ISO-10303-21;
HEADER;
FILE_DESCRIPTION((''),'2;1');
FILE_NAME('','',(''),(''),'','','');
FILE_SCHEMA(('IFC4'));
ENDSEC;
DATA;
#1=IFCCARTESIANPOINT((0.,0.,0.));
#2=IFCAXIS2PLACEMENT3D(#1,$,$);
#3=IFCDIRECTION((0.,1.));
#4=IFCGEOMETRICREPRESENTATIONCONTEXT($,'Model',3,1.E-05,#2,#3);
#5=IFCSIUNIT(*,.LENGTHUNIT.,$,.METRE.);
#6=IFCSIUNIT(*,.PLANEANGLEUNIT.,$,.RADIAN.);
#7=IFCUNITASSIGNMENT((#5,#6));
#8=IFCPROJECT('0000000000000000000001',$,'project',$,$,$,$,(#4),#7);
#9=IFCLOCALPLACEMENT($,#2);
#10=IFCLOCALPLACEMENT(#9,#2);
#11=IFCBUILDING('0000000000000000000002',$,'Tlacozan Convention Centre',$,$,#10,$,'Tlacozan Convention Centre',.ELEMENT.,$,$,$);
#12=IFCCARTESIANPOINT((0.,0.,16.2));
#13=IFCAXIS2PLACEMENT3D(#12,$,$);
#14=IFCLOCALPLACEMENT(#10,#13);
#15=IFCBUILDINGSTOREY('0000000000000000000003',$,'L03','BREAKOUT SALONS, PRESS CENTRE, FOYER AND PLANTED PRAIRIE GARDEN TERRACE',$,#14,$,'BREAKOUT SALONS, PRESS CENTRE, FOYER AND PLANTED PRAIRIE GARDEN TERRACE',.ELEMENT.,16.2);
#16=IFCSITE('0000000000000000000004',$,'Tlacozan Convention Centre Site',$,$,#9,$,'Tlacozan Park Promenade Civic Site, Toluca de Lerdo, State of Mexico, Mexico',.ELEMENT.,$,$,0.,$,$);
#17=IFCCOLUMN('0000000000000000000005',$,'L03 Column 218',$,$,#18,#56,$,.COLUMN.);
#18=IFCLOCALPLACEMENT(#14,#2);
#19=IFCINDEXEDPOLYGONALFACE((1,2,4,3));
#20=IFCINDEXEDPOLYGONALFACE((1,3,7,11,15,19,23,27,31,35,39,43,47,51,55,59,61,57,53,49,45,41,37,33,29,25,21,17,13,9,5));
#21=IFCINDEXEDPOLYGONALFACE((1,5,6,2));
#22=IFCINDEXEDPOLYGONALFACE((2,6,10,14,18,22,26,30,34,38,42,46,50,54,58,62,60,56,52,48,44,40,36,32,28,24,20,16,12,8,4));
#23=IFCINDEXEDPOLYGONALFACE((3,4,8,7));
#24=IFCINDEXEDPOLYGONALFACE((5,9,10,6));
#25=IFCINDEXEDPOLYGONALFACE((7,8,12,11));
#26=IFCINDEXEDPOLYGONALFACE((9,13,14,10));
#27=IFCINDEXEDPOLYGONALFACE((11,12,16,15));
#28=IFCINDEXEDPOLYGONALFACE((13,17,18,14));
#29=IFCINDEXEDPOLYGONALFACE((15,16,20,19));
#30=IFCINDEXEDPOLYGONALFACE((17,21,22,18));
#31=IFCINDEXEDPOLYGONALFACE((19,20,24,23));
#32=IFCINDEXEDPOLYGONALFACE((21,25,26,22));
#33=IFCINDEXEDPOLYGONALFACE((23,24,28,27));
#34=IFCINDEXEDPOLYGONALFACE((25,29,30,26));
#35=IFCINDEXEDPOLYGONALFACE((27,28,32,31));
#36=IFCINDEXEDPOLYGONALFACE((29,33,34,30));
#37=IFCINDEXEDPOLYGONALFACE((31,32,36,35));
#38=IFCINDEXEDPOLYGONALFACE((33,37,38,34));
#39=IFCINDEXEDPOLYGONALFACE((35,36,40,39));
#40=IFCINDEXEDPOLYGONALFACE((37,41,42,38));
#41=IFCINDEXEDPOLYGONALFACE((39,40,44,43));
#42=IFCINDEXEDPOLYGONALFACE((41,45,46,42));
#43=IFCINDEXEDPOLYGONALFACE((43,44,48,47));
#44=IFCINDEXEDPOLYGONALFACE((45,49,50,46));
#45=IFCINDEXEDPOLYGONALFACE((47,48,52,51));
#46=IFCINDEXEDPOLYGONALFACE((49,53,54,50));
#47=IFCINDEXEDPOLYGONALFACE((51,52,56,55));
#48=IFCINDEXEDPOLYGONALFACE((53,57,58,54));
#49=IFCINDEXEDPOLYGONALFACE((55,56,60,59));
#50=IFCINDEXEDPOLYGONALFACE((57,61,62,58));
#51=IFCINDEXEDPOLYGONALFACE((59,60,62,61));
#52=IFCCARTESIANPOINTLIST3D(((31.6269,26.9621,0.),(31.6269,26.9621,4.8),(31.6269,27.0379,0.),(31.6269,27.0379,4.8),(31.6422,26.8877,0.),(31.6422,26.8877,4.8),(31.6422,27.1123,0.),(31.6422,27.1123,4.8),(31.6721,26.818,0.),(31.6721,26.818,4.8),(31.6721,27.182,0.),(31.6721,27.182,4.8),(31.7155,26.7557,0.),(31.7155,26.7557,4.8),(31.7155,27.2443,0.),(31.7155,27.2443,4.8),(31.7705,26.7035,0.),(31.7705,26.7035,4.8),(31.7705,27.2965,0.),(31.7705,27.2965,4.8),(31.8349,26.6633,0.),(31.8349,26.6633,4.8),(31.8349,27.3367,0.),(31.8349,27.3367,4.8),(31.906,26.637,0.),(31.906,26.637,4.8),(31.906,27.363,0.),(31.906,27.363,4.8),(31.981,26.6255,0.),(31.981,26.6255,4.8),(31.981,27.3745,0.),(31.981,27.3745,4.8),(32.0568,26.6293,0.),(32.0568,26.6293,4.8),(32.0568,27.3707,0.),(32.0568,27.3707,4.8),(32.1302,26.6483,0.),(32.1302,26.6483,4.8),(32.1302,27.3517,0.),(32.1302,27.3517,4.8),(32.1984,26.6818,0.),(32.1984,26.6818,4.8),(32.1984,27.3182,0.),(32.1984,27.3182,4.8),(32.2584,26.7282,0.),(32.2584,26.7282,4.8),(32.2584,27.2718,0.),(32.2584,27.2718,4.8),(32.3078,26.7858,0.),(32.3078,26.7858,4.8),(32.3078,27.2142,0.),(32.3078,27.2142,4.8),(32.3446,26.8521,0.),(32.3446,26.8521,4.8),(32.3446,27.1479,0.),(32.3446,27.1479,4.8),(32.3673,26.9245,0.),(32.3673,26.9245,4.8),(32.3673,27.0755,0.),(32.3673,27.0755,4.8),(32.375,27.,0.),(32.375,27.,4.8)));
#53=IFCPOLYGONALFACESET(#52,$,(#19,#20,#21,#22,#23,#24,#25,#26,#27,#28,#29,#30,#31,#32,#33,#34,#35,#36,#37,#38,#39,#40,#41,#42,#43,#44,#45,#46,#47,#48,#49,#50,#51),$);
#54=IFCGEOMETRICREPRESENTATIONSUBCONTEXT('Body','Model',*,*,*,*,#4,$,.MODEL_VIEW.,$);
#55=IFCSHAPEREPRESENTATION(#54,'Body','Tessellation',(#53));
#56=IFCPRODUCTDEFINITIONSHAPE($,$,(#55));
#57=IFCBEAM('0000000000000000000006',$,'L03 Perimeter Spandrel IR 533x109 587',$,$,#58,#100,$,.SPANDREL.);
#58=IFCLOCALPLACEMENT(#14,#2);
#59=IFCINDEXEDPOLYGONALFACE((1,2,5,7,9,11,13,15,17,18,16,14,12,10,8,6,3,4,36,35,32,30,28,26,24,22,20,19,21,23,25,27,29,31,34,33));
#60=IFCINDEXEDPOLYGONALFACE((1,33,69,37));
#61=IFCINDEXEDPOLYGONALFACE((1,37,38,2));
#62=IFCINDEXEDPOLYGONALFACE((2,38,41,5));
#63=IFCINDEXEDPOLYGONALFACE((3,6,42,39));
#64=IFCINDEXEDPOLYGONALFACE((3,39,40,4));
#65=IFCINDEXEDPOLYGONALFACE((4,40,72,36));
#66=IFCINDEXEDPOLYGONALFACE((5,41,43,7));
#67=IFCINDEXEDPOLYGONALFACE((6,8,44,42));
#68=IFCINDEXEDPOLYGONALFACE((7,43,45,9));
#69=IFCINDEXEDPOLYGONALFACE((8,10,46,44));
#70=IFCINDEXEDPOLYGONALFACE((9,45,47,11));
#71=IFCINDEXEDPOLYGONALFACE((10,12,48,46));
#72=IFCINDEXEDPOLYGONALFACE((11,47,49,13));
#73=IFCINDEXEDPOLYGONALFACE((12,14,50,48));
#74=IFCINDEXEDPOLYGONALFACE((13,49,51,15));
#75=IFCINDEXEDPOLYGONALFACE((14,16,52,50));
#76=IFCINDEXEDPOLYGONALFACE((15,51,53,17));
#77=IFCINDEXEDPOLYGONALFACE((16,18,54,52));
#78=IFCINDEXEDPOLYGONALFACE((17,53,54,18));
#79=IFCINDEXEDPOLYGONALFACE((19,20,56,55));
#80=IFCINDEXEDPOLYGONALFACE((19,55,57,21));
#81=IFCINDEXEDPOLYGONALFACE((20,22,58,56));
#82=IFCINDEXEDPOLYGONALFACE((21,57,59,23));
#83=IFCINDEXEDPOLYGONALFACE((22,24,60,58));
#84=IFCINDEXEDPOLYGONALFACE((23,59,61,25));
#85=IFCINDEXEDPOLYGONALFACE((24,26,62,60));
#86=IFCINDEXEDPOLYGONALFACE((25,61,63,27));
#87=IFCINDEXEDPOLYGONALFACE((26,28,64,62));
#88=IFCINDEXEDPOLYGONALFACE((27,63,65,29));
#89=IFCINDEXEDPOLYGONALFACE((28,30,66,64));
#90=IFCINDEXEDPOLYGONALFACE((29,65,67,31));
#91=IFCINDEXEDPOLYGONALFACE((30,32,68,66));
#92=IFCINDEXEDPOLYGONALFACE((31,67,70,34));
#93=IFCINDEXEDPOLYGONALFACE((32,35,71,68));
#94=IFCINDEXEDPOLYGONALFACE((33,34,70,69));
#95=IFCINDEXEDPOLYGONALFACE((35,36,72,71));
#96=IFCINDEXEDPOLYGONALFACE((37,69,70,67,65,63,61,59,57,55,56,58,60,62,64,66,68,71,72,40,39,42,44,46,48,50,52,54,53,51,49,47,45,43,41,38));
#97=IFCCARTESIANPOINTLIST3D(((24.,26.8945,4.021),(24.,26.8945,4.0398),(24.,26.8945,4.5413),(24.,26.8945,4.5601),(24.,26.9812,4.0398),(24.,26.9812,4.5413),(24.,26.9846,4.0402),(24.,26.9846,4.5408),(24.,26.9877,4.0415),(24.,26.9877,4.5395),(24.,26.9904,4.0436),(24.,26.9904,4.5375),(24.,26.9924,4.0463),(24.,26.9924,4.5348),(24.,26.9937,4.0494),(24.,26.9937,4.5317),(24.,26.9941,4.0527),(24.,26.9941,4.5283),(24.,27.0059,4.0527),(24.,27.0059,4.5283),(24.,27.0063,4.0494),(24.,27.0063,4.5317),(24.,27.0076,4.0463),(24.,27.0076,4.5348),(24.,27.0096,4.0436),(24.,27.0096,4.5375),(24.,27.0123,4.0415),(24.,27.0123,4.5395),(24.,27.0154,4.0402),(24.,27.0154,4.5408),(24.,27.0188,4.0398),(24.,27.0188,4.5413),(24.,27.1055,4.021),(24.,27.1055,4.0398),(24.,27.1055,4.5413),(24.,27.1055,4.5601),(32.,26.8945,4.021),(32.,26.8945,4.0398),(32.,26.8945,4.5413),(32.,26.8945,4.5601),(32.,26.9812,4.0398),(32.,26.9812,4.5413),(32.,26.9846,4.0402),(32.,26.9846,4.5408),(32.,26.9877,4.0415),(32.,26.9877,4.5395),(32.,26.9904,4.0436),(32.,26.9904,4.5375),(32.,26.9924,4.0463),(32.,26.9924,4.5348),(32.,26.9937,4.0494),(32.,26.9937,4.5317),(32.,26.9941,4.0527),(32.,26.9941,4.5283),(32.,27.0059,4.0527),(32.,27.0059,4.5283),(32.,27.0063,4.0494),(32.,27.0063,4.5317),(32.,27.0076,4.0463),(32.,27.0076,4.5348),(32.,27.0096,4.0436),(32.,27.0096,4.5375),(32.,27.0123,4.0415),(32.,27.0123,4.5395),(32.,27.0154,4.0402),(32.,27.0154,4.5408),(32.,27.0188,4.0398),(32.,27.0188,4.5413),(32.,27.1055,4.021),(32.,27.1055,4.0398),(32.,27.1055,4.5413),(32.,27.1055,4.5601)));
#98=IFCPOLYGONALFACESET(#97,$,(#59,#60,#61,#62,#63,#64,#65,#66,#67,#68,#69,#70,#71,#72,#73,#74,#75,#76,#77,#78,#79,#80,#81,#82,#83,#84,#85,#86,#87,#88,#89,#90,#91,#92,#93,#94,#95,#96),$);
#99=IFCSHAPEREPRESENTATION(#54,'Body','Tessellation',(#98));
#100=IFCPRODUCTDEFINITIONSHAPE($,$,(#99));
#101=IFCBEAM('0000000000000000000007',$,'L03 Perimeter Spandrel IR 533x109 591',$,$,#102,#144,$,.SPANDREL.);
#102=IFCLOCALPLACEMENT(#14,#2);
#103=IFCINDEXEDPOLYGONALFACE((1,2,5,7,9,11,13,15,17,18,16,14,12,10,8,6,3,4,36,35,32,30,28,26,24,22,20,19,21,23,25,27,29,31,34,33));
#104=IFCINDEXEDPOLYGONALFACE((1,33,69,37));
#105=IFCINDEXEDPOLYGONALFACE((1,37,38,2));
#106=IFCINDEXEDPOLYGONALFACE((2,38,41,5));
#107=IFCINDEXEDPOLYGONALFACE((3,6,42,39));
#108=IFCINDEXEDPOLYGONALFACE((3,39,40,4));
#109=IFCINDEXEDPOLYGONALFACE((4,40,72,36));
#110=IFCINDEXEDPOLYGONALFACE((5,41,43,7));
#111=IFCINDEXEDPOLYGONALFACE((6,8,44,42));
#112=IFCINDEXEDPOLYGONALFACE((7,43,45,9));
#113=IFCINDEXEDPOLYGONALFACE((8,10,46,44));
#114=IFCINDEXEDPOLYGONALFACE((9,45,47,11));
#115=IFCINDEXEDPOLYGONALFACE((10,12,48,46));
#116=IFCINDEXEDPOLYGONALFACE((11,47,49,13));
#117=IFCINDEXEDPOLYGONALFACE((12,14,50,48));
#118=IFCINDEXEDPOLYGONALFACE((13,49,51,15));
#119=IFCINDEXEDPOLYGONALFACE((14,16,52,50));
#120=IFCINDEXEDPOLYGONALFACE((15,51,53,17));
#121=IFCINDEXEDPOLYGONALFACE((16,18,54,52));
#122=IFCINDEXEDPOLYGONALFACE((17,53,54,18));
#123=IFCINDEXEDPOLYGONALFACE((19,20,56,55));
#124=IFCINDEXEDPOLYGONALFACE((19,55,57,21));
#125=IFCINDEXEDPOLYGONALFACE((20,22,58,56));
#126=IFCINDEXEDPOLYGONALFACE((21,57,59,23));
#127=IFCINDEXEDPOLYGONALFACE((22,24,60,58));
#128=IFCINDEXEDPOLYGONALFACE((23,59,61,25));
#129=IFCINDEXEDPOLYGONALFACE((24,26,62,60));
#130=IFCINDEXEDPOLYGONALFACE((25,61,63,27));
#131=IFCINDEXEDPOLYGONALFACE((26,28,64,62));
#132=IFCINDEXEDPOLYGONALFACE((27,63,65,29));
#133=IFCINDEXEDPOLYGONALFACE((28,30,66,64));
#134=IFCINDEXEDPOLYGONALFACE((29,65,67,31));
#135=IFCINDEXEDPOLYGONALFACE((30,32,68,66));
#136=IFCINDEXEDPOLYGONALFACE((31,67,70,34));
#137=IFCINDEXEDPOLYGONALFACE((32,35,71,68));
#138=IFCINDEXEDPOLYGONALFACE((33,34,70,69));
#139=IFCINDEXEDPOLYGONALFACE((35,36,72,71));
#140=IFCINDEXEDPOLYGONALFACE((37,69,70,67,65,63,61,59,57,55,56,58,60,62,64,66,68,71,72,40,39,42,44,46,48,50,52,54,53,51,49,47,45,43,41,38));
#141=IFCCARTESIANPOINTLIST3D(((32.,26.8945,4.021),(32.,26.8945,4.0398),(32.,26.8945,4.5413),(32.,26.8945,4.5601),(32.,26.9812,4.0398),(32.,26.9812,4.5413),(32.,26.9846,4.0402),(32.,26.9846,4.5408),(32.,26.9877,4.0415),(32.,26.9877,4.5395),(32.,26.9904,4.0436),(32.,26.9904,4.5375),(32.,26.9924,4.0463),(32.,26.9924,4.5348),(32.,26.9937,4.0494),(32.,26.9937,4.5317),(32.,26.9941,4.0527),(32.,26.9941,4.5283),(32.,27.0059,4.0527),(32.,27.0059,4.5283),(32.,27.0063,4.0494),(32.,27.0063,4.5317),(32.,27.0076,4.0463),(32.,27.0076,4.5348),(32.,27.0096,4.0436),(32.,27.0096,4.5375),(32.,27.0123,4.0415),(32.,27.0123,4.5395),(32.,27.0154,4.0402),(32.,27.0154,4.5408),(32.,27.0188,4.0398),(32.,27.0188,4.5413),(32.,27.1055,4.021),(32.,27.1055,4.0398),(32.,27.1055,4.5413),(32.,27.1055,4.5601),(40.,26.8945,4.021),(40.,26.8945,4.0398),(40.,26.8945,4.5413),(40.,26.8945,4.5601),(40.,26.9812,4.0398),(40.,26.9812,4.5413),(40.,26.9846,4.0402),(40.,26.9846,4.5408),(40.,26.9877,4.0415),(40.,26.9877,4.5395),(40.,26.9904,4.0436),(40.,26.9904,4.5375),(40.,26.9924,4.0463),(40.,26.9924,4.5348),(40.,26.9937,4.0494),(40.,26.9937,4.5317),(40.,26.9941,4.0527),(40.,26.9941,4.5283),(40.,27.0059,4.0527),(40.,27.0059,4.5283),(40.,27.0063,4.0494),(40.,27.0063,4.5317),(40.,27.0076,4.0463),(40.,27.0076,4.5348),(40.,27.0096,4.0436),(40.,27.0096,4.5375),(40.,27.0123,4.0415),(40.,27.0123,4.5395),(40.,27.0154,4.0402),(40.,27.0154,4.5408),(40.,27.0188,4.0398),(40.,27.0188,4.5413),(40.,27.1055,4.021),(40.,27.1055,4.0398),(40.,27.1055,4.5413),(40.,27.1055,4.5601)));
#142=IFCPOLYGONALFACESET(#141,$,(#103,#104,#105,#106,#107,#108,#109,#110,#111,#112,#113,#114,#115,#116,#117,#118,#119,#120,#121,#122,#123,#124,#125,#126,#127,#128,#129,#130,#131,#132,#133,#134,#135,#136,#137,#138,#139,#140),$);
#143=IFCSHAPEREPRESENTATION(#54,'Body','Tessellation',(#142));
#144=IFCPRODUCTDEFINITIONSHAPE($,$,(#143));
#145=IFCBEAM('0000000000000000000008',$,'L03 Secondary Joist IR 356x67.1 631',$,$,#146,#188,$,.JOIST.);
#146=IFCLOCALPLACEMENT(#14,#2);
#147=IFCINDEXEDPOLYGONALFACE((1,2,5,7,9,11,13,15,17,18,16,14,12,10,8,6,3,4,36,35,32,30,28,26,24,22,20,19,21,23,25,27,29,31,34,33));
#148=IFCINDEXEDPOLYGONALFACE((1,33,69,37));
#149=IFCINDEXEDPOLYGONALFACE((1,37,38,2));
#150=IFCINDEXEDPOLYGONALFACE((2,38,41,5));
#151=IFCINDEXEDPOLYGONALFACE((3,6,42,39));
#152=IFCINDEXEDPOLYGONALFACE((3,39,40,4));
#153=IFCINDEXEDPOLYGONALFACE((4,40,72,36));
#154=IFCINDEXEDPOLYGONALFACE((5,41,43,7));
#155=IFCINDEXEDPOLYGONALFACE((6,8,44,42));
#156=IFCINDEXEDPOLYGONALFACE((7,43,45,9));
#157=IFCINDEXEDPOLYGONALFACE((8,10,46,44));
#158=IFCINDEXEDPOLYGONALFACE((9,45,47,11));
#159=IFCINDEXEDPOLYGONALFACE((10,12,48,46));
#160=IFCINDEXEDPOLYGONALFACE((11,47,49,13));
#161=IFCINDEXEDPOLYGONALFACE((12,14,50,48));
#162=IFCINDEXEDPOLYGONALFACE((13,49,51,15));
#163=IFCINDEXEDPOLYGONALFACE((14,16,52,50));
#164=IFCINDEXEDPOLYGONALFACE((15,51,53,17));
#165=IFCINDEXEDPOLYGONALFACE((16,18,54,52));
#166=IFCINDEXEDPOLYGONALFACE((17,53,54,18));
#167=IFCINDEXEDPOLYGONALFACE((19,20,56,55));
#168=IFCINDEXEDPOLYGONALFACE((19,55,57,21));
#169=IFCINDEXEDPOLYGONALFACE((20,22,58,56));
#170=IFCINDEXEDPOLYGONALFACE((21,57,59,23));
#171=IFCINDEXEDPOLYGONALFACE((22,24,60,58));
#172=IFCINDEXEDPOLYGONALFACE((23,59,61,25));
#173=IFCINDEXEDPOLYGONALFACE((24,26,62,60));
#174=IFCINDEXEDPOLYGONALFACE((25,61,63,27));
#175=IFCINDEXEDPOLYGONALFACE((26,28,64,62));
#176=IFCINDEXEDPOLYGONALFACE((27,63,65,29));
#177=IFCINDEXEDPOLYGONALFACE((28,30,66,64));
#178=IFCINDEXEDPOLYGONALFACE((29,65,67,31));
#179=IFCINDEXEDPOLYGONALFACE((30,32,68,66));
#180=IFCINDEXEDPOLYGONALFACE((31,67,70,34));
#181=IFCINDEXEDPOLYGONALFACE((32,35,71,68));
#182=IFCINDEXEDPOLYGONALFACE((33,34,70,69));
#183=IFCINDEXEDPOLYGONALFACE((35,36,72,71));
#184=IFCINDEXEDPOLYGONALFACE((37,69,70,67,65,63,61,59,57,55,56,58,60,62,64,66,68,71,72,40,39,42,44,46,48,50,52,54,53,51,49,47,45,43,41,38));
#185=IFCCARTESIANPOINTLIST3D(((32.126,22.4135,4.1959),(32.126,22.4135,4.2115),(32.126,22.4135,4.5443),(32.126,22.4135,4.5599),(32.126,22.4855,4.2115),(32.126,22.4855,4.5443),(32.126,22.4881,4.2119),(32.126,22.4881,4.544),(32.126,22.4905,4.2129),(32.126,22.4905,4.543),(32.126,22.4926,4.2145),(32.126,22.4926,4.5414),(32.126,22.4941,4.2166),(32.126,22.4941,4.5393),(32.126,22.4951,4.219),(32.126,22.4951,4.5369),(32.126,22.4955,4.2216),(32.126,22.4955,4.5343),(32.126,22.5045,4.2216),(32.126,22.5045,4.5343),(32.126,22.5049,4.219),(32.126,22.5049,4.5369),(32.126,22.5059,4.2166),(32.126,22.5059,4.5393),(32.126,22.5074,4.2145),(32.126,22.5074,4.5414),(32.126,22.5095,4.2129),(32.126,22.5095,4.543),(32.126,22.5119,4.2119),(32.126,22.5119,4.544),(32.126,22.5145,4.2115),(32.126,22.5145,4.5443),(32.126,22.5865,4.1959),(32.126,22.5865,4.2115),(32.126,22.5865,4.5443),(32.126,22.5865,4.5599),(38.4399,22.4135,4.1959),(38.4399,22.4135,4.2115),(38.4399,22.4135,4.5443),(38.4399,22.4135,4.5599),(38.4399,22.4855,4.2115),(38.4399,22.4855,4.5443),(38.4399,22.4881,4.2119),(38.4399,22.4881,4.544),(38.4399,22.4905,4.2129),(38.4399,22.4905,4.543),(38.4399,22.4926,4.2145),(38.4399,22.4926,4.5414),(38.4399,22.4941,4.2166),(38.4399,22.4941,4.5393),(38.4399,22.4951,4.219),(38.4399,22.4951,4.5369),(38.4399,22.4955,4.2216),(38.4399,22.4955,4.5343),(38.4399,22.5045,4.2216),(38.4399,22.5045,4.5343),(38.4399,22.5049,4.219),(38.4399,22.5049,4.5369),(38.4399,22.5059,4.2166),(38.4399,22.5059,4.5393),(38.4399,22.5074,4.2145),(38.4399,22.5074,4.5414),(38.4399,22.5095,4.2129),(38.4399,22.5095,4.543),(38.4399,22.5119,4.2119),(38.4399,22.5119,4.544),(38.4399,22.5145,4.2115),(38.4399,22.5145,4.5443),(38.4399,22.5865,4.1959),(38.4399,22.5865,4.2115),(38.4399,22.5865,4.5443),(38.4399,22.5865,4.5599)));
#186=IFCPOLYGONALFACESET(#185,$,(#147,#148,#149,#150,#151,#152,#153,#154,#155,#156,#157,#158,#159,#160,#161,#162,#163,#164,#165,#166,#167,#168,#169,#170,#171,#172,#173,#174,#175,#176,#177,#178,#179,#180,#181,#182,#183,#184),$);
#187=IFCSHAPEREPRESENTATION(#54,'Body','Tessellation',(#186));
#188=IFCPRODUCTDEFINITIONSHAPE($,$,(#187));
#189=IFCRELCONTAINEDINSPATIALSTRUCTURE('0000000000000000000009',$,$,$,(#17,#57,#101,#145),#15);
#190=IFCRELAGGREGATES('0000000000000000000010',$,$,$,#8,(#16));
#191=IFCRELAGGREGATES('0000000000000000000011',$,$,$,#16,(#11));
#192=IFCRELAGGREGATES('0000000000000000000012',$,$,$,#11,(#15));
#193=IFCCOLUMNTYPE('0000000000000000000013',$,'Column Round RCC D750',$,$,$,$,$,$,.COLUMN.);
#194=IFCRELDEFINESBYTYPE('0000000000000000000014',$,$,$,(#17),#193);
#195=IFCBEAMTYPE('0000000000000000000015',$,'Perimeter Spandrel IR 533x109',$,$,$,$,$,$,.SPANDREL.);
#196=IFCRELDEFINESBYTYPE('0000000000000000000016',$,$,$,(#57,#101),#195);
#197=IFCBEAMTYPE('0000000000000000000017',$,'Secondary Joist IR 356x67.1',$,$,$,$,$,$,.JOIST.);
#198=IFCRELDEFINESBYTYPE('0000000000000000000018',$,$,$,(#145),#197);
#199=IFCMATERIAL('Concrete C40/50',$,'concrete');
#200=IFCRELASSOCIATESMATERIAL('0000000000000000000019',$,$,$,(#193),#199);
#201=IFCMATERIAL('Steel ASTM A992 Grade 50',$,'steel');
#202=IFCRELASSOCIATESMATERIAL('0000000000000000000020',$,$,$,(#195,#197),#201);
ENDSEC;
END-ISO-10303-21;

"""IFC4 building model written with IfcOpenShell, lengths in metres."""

from ifc_helpers import new_model, si_unit, direction, frame, origin, origin_2d, place, context, subcontext, project, spatial, circle, i_section, extrude, material, material_profile, profile_set, type_object, element, save


model = new_model("IFC4")

# Units and contexts
model_context = context("Model", 3, precision=1e-05, world=origin(), true_north=direction((0.0, 1.0)))
body_context = subcontext(model_context, "Body", "Model", "MODEL_VIEW")
ifc_project = project(units=[si_unit("LENGTHUNIT", "METRE"), si_unit("PLANEANGLEUNIT", "RADIAN")], contexts=[model_context])

# Site, building, storey
site_placement = place(None, origin())
site = spatial("IfcSite", under=ifc_project, at=site_placement, Name="Tlacozan Convention Centre Site", LongName="Tlacozan Park Promenade Civic Site, Toluca de Lerdo, State of Mexico, Mexico", CompositionType="ELEMENT", RefElevation=0.0)
building_placement = place(site_placement, origin())
building = spatial("IfcBuilding", under=site, at=building_placement, Name="Tlacozan Convention Centre", LongName="Tlacozan Convention Centre", CompositionType="ELEMENT")
storey_placement = place(building_placement, frame((0.0, 0.0, 16.2)))
storey = spatial("IfcBuildingStorey", under=building, at=storey_placement, Name="L03", Description="BREAKOUT SALONS, PRESS CENTRE, FOYER AND PLANTED PRAIRIE GARDEN TERRACE", LongName="BREAKOUT SALONS, PRESS CENTRE, FOYER AND PLANTED PRAIRIE GARDEN TERRACE", CompositionType="ELEMENT", Elevation=16.2)

# Column
ifc_material_1 = material(Name="Concrete C40/50", Category="concrete")
ifc_material_profile_1 = material_profile(ifc_material_1, circle(Radius=0.375, at=origin_2d()), Name="RCC D750")
ifc_profile_set_1 = profile_set([ifc_material_profile_1], Name="Concrete C40/50")
column_type = type_object("IfcColumnType", Name="Column Round RCC D750", PredefinedType="COLUMN", material=ifc_profile_set_1)
column_placement = place(storey_placement, frame((32.0, 27.0, 0.0), z_axis=(0.0, 0.0, 1.0), x_axis=(1.0, 0.0, 0.0)))
element("IfcColumn", 1, at=column_placement, inside=storey, type_object=column_type, Name="L03 Column 218", PredefinedType="COLUMN", context=body_context, shape_type="SweptSolid", body=[
    extrude(circle(Radius=0.375, at=origin_2d()), origin(), (0.0, 0.0, 1.0), 4.8),
])

# Beams
ifc_material_2 = material(Name="Steel ASTM A992 Grade 50", Category="steel")
ifc_material_profile_2 = material_profile(ifc_material_2, i_section(OverallWidth=0.2109, OverallDepth=0.5391, WebThickness=0.0117, FlangeThickness=0.0188, FilletRadius=0.0129, at=origin_2d()), Name="IR 533x109.0")
ifc_profile_set_2 = profile_set([ifc_material_profile_2], Name="Steel ASTM A992 Grade 50")
beam_type_1 = type_object("IfcBeamType", Name="Perimeter Spandrel IR 533x109", PredefinedType="SPANDREL", material=ifc_profile_set_2)
for number, where, z_axis, x_axis, name in (
    (2, (24.0, 27.0, 4.2905), (1.0, 0.0, 0.0), (0.0, 1.0, 0.0), "L03 Perimeter Spandrel IR 533x109 587"),
    (3, (32.0, 27.0, 4.2905), (1.0, 0.0, 0.0), (0.0, 1.0, 0.0), "L03 Perimeter Spandrel IR 533x109 591"),
):
    element("IfcBeam", number, at=place(storey_placement, frame(where, z_axis=z_axis, x_axis=x_axis)), inside=storey, type_object=beam_type_1, Name=name, PredefinedType="SPANDREL", context=body_context, shape_type="SweptSolid", body=[
        extrude(i_section(OverallWidth=0.2109, OverallDepth=0.5391, WebThickness=0.0117, FlangeThickness=0.0188, FilletRadius=0.0129, at=origin_2d()), origin(), (0.0, 0.0, 1.0), 8.0),
    ])
ifc_material_profile_3 = material_profile(ifc_material_2, i_section(OverallWidth=0.1731, OverallDepth=0.364, WebThickness=0.009, FlangeThickness=0.0156, FilletRadius=0.01, at=origin_2d()), Name="IR 356x67.1")
ifc_profile_set_3 = profile_set([ifc_material_profile_3], Name="Steel ASTM A992 Grade 50")
beam_type_2 = type_object("IfcBeamType", Name="Secondary Joist IR 356x67.1", PredefinedType="JOIST", material=ifc_profile_set_3)
beam_placement = place(storey_placement, frame((32.126, 22.5, 4.3779), z_axis=(1.0, 0.0, 0.0), x_axis=(0.0, 1.0, 0.0)))
element("IfcBeam", 4, at=beam_placement, inside=storey, type_object=beam_type_2, Name="L03 Secondary Joist IR 356x67.1 631", PredefinedType="JOIST", context=body_context, shape_type="SweptSolid", body=[
    extrude(i_section(OverallWidth=0.1731, OverallDepth=0.364, WebThickness=0.009, FlangeThickness=0.0156, FilletRadius=0.01, at=origin_2d()), origin(), (0.0, 0.0, 1.0), 6.314),
])

save(model, "model.ifc")
